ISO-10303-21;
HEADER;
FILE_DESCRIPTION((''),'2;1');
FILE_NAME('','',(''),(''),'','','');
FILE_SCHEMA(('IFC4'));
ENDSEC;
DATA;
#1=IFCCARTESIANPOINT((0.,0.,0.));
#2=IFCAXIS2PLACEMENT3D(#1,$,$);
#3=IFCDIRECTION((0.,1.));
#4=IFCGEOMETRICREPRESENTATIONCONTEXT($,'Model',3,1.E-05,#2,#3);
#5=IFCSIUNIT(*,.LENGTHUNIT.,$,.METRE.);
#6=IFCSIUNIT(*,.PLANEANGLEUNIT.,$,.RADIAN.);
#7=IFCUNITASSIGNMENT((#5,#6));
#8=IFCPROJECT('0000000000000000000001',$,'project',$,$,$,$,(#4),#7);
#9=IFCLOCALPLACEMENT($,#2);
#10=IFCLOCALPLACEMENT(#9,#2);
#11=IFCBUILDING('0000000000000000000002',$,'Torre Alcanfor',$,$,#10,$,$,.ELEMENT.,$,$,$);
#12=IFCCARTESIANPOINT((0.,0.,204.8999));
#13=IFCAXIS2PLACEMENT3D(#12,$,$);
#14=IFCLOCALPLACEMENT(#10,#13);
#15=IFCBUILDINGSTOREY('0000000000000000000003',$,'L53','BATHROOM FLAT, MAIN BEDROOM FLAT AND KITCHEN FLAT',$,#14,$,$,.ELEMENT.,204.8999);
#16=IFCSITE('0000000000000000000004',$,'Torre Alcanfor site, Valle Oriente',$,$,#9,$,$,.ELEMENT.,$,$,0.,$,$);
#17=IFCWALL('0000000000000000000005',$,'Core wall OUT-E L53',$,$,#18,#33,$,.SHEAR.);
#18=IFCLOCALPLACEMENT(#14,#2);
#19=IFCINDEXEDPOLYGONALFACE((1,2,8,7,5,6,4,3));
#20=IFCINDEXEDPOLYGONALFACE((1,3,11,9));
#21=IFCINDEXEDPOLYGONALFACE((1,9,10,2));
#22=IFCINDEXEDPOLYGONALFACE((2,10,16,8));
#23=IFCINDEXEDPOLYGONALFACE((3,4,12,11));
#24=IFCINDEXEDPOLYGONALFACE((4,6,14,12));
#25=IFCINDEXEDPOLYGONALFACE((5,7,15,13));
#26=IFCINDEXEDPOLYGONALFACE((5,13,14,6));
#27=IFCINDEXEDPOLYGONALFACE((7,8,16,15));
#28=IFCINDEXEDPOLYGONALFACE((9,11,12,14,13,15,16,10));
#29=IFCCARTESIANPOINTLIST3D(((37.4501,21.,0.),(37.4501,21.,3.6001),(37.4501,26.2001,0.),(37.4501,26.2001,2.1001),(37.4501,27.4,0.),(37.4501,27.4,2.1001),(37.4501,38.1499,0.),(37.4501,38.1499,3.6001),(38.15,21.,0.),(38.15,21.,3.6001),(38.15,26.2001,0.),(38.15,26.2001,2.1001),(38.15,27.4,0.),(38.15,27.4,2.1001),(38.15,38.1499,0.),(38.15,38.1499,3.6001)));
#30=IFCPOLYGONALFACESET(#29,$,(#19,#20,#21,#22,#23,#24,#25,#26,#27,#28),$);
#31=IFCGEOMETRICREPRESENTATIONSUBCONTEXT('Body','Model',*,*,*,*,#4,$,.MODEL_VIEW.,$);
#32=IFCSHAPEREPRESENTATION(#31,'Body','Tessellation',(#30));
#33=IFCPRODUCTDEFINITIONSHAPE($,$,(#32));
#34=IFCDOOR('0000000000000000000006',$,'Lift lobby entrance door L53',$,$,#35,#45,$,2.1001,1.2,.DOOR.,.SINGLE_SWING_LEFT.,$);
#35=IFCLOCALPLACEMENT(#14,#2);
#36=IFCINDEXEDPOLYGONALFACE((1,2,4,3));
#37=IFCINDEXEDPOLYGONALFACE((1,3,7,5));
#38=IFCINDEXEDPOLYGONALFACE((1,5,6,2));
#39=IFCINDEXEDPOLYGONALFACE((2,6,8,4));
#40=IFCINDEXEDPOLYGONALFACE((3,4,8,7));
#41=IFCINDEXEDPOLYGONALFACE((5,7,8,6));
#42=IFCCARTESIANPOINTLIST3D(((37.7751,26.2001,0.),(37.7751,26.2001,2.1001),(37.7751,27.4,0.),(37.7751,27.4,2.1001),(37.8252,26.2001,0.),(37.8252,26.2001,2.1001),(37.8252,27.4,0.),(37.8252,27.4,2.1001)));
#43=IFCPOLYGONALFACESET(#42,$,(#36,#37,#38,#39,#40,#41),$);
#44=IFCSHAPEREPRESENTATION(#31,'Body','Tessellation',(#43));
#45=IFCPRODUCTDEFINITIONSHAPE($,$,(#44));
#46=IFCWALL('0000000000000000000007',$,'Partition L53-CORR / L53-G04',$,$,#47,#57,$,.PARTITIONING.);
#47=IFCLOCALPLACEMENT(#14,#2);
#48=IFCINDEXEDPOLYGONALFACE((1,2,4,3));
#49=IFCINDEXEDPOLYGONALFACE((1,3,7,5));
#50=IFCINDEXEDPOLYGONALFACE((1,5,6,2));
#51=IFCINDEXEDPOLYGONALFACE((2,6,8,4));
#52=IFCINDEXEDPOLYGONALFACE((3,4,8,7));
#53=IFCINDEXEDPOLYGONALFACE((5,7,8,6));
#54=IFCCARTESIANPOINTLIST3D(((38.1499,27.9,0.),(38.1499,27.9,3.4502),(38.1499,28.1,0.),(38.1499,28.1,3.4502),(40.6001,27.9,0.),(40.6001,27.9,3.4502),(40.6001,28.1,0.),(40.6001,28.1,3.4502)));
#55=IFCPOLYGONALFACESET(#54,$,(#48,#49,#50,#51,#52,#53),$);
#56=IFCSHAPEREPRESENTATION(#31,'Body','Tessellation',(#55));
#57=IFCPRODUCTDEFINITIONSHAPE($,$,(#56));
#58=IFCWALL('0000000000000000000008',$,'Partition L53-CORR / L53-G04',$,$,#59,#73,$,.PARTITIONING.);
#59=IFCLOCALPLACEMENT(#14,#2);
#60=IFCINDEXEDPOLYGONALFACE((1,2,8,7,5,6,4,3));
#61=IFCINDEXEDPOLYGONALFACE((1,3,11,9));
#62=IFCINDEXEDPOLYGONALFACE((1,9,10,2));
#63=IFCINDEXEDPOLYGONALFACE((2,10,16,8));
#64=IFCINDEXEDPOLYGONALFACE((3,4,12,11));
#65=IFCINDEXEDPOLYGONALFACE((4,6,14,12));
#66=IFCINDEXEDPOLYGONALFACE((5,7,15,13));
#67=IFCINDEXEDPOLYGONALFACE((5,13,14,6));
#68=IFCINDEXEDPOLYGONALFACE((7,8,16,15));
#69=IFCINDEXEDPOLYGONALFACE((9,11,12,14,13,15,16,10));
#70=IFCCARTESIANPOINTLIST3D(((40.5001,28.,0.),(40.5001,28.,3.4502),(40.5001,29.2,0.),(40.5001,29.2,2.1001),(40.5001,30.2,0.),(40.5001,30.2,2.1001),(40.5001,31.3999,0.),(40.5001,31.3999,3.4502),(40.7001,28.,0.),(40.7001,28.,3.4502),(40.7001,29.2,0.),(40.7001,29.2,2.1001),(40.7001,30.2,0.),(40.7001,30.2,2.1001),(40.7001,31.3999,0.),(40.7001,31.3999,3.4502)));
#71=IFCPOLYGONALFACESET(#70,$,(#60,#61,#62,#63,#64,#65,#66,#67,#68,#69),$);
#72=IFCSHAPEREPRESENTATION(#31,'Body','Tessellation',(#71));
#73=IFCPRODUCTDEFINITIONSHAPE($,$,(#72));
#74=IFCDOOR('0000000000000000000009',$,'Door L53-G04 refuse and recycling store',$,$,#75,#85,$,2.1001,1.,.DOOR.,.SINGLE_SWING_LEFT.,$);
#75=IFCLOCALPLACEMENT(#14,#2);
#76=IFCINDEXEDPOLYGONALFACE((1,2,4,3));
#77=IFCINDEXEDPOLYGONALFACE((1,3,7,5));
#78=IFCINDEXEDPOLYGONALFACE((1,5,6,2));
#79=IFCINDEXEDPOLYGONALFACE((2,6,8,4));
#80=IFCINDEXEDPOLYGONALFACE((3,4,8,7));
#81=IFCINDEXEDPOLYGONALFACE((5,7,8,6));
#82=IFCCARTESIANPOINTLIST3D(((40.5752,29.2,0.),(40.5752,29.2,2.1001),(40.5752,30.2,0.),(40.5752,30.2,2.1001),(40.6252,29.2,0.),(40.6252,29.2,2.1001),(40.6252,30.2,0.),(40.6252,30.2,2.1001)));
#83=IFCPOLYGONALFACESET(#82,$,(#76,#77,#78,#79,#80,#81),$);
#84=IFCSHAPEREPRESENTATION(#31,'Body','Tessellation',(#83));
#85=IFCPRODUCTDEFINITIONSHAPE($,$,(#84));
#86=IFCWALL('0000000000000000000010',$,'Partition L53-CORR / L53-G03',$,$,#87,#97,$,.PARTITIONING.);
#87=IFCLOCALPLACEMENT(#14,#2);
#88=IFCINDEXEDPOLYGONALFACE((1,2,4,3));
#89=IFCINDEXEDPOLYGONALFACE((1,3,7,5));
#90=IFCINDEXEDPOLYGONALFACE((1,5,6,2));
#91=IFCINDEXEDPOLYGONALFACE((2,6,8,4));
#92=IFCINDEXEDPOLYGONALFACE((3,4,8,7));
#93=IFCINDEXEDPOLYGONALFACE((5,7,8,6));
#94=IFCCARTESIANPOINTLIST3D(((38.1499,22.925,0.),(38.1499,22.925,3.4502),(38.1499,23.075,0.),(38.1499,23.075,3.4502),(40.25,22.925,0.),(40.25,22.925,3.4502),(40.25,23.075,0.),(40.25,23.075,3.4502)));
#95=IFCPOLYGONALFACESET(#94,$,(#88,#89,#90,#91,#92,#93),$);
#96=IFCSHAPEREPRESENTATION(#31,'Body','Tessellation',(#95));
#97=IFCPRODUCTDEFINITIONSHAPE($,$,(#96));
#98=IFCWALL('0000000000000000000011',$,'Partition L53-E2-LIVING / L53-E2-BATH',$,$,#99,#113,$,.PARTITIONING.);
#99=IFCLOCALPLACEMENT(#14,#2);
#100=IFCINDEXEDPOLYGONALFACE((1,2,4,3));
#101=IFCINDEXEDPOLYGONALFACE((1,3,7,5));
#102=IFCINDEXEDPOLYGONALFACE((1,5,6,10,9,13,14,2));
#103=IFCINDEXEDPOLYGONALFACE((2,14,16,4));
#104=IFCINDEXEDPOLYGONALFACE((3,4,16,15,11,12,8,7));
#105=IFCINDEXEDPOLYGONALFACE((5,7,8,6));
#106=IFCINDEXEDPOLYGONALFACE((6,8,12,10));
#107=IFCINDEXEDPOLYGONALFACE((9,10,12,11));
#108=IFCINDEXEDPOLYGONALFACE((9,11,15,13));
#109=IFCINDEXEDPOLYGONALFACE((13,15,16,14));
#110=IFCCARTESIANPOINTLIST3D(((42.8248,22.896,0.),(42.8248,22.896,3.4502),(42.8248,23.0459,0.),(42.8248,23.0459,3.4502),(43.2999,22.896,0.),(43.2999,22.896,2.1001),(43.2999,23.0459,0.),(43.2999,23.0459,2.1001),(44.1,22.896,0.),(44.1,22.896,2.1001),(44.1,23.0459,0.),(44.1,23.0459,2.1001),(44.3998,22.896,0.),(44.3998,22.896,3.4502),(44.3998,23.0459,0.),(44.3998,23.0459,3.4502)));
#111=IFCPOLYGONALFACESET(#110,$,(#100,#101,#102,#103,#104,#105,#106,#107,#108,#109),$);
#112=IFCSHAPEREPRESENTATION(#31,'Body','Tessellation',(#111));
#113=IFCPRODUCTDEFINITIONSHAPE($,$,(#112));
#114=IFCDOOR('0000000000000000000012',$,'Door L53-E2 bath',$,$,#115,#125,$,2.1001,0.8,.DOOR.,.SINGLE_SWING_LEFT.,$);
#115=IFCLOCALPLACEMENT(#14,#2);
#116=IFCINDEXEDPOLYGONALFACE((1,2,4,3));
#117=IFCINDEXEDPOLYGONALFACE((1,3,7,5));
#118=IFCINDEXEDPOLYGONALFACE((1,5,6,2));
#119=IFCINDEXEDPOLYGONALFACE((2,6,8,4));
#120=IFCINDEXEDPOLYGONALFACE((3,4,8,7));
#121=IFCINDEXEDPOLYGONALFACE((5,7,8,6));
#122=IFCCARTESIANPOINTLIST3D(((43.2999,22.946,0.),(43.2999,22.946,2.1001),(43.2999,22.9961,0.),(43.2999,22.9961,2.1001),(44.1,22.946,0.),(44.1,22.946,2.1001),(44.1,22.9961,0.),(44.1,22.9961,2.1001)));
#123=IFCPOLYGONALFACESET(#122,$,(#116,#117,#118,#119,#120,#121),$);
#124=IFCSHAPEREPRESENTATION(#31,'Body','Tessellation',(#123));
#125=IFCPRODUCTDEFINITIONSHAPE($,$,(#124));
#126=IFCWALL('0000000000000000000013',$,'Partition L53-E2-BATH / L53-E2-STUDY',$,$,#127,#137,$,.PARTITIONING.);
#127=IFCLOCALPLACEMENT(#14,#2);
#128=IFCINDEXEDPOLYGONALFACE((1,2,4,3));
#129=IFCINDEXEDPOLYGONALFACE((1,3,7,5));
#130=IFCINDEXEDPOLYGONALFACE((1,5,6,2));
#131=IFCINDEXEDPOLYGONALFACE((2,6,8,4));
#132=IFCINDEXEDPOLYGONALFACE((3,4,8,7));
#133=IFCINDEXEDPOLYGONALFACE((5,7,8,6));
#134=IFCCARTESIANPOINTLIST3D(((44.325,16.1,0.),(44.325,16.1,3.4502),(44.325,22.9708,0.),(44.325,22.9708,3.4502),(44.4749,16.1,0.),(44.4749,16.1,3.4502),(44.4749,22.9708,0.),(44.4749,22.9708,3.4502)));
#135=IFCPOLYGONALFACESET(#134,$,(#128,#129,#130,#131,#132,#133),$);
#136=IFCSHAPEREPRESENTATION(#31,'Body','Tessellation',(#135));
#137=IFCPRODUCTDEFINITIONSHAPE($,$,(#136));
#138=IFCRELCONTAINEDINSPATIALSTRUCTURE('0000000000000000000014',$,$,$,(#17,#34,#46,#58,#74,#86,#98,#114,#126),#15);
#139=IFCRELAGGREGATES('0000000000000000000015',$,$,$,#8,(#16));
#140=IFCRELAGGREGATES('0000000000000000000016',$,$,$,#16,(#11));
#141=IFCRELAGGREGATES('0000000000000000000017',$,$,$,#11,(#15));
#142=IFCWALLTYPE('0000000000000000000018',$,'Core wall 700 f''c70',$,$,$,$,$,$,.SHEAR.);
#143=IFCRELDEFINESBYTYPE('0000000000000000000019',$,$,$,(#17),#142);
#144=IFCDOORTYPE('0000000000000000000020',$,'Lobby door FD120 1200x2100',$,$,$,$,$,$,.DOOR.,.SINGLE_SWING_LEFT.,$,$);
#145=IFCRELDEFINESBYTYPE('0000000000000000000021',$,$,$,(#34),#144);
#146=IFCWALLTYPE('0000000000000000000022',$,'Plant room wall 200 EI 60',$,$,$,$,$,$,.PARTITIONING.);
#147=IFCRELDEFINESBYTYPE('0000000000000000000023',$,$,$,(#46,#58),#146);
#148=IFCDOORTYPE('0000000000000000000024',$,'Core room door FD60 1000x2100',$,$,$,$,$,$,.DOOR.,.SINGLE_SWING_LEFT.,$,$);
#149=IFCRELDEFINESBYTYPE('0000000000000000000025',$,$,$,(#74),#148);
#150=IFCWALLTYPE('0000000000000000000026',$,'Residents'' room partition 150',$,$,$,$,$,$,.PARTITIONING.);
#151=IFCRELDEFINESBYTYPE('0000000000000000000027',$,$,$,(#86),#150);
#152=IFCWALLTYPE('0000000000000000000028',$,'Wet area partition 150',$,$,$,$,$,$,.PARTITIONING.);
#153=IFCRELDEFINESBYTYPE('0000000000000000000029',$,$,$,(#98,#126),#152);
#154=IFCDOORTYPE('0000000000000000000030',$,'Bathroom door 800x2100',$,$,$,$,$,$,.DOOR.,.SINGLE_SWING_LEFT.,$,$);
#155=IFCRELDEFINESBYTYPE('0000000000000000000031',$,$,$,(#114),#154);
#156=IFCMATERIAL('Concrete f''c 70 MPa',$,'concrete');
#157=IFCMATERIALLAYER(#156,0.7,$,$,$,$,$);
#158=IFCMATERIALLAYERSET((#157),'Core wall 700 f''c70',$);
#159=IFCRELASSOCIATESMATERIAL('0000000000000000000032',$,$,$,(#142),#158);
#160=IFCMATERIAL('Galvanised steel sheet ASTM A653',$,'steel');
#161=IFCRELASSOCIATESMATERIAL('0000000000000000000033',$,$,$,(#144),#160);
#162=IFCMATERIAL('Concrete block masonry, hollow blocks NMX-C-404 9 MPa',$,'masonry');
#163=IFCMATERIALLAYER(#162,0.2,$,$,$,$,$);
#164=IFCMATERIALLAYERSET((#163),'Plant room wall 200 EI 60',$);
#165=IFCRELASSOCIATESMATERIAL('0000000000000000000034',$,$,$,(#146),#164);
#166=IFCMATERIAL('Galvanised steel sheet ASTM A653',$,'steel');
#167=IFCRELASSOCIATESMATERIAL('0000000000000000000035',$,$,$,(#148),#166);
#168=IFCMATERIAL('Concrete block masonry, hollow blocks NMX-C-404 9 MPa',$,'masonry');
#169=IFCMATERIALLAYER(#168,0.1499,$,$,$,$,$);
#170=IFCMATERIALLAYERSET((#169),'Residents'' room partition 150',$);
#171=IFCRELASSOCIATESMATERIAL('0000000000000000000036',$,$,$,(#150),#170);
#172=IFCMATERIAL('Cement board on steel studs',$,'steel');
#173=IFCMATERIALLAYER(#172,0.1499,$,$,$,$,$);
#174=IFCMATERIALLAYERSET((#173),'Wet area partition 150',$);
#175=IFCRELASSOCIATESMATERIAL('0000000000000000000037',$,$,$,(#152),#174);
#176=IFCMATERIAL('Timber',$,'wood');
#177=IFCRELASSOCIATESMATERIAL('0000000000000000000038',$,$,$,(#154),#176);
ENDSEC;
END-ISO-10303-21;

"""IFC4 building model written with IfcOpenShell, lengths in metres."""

from ifc_helpers import new_model, si_unit, direction, frame, frame_2d, origin, place, context, subcontext, project, spatial, rectangle, extrude, material, layer, layer_set, type_object, element, fill, save


model = new_model("IFC4")

# Units and contexts
model_context = context("Model", 3, precision=1e-05, world=origin(), true_north=direction((0.0, 1.0)))
body_context = subcontext(model_context, "Body", "Model", "MODEL_VIEW")
ifc_project = project(units=[si_unit("LENGTHUNIT", "METRE"), si_unit("PLANEANGLEUNIT", "RADIAN")], contexts=[model_context])

# Site, building, storey
site_placement = place(None, origin())
site = spatial("IfcSite", under=ifc_project, at=site_placement, Name="Torre Alcanfor site, Valle Oriente", CompositionType="ELEMENT", RefElevation=0.0)
building_placement = place(site_placement, origin())
building = spatial("IfcBuilding", under=site, at=building_placement, Name="Torre Alcanfor", CompositionType="ELEMENT")
storey_placement = place(building_placement, frame((0.0, 0.0, 204.8999)))
storey = spatial("IfcBuildingStorey", under=building, at=storey_placement, Name="L53", Description="BATHROOM FLAT, MAIN BEDROOM FLAT AND KITCHEN FLAT", CompositionType="ELEMENT", Elevation=204.8999)

# Wall, opening, door
ifc_material_1 = material(Name="Concrete f'c 70 MPa", Category="concrete")
ifc_layer_1 = layer(ifc_material_1, 0.7)
ifc_layer_set_1 = layer_set([ifc_layer_1], Name="Core wall 700 f'c70")
wall_type_1 = type_object("IfcWallType", Name="Core wall 700 f'c70", PredefinedType="SHEAR", material=ifc_layer_set_1)
wall_1_placement = place(storey_placement, frame((37.8, 21.0, 0.0), z_axis=(0.0, 0.0, 1.0), x_axis=(0.0, 1.0, 0.0)))
wall_1 = element("IfcWall", 1, at=wall_1_placement, inside=storey, type_object=wall_type_1, Name="Core wall OUT-E L53", PredefinedType="SHEAR", context=body_context, shape_type="SweptSolid", body=[
    extrude(rectangle(XDim=17.1499, YDim=0.7, at=frame_2d((8.575, 0.0))), origin(), (0.0, 0.0, 1.0), 3.6001),
])
opening_1_placement = place(wall_1_placement, frame((5.2, 0.0, 0.0)))
opening_1 = element("IfcOpeningElement", 2, at=opening_1_placement, cuts=wall_1, PredefinedType="OPENING", context=body_context, shape_type="SweptSolid", body=[
    extrude(rectangle(XDim=1.2, YDim=2.1001, at=frame_2d((0.6001, 1.05))), frame((0.0, 0.3599, 0.0), z_axis=(0.0, -1.0, 0.0), x_axis=(1.0, 0.0, 0.0)), (0.0, 0.0, 1.0), 0.72),
])
ifc_material_2 = material(Name="Galvanised steel sheet ASTM A653", Category="steel")
door_type_1 = type_object("IfcDoorType", Name="Lobby door FD120 1200x2100", OperationType="SINGLE_SWING_LEFT", PredefinedType="DOOR", material=ifc_material_2)
door_1_placement = place(opening_1_placement, origin())
door_1 = element("IfcDoor", 3, at=door_1_placement, inside=storey, type_object=door_type_1, Name="Lift lobby entrance door L53", OperationType="SINGLE_SWING_LEFT", OverallHeight=2.1001, OverallWidth=1.2, PredefinedType="DOOR", context=body_context, shape_type="SweptSolid", body=[
    extrude(rectangle(XDim=1.2, YDim=2.1001, at=frame_2d((0.6001, 1.05))), frame((0.0, 0.0249, 0.0), z_axis=(0.0, -1.0, 0.0), x_axis=(1.0, 0.0, 0.0)), (0.0, 0.0, 1.0), 0.05),
])
fill(opening_1, door_1)

# Wall
ifc_material_3 = material(Name="Concrete block masonry, hollow blocks NMX-C-404 9 MPa", Category="masonry")
ifc_layer_2 = layer(ifc_material_3, 0.2)
ifc_layer_set_2 = layer_set([ifc_layer_2], Name="Plant room wall 200 EI 60")
wall_type_2 = type_object("IfcWallType", Name="Plant room wall 200 EI 60", PredefinedType="PARTITIONING", material=ifc_layer_set_2)
wall_2_placement = place(storey_placement, frame((38.1499, 28.0, 0.0), z_axis=(0.0, 0.0, 1.0), x_axis=(1.0, 0.0, 0.0)))
element("IfcWall", 4, at=wall_2_placement, inside=storey, type_object=wall_type_2, Name="Partition L53-CORR / L53-G04", PredefinedType="PARTITIONING", context=body_context, shape_type="SweptSolid", body=[
    extrude(rectangle(XDim=2.4502, YDim=0.2, at=frame_2d((1.2251, 0.0))), origin(), (0.0, 0.0, 1.0), 3.4502),
])

# Wall, opening, door
wall_3_placement = place(storey_placement, frame((40.6001, 28.0, 0.0), z_axis=(0.0, 0.0, 1.0), x_axis=(0.0, 1.0, 0.0)))
wall_3 = element("IfcWall", 5, at=wall_3_placement, inside=storey, type_object=wall_type_2, Name="Partition L53-CORR / L53-G04", PredefinedType="PARTITIONING", context=body_context, shape_type="SweptSolid", body=[
    extrude(rectangle(XDim=3.3999, YDim=0.2, at=frame_2d((1.7, 0.0))), origin(), (0.0, 0.0, 1.0), 3.4502),
])
opening_2_placement = place(wall_3_placement, frame((1.2, 0.0, 0.0)))
opening_2 = element("IfcOpeningElement", 6, at=opening_2_placement, cuts=wall_3, PredefinedType="OPENING", context=body_context, shape_type="SweptSolid", body=[
    extrude(rectangle(XDim=1.0, YDim=2.1001, at=frame_2d((0.5, 1.05))), frame((0.0, 0.1099, 0.0), z_axis=(0.0, -1.0, 0.0), x_axis=(1.0, 0.0, 0.0)), (0.0, 0.0, 1.0), 0.22),
])
ifc_material_4 = material(Name="Galvanised steel sheet ASTM A653", Category="steel")
door_type_2 = type_object("IfcDoorType", Name="Core room door FD60 1000x2100", OperationType="SINGLE_SWING_LEFT", PredefinedType="DOOR", material=ifc_material_4)
door_2_placement = place(opening_2_placement, origin())
door_2 = element("IfcDoor", 7, at=door_2_placement, inside=storey, type_object=door_type_2, Name="Door L53-G04 refuse and recycling store", OperationType="SINGLE_SWING_LEFT", OverallHeight=2.1001, OverallWidth=1.0, PredefinedType="DOOR", context=body_context, shape_type="SweptSolid", body=[
    extrude(rectangle(XDim=1.0, YDim=2.1001, at=frame_2d((0.5, 1.05))), frame((0.0, 0.0249, 0.0), z_axis=(0.0, -1.0, 0.0), x_axis=(1.0, 0.0, 0.0)), (0.0, 0.0, 1.0), 0.05),
])
fill(opening_2, door_2)

# Wall
ifc_material_5 = material(Name="Concrete block masonry, hollow blocks NMX-C-404 9 MPa", Category="masonry")
ifc_layer_3 = layer(ifc_material_5, 0.1499)
ifc_layer_set_3 = layer_set([ifc_layer_3], Name="Residents' room partition 150")
wall_type_3 = type_object("IfcWallType", Name="Residents' room partition 150", PredefinedType="PARTITIONING", material=ifc_layer_set_3)
wall_4_placement = place(storey_placement, frame((40.25, 23.0, 0.0), z_axis=(0.0, 0.0, 1.0), x_axis=(-1.0, 0.0, 0.0)))
element("IfcWall", 8, at=wall_4_placement, inside=storey, type_object=wall_type_3, Name="Partition L53-CORR / L53-G03", PredefinedType="PARTITIONING", context=body_context, shape_type="SweptSolid", body=[
    extrude(rectangle(XDim=2.1001, YDim=0.1499, at=frame_2d((1.05, 0.0))), origin(), (0.0, 0.0, 1.0), 3.4502),
])

# Wall, opening, door
ifc_material_6 = material(Name="Cement board on steel studs", Category="steel")
ifc_layer_4 = layer(ifc_material_6, 0.1499)
ifc_layer_set_4 = layer_set([ifc_layer_4], Name="Wet area partition 150")
wall_type_4 = type_object("IfcWallType", Name="Wet area partition 150", PredefinedType="PARTITIONING", material=ifc_layer_set_4)
wall_5_placement = place(storey_placement, frame((44.3999, 22.9709, 0.0), z_axis=(0.0, 0.0, 1.0), x_axis=(-1.0, 0.0, 0.0)))
wall_5 = element("IfcWall", 9, at=wall_5_placement, inside=storey, type_object=wall_type_4, Name="Partition L53-E2-LIVING / L53-E2-BATH", PredefinedType="PARTITIONING", context=body_context, shape_type="SweptSolid", body=[
    extrude(rectangle(XDim=1.575, YDim=0.1499, at=frame_2d((0.7876, 0.0))), origin(), (0.0, 0.0, 1.0), 3.4502),
])
opening_3_placement = place(wall_5_placement, frame((0.3, 0.0, 0.0)))
opening_3 = element("IfcOpeningElement", 10, at=opening_3_placement, cuts=wall_5, PredefinedType="OPENING", context=body_context, shape_type="SweptSolid", body=[
    extrude(rectangle(XDim=0.8, YDim=2.1001, at=frame_2d((0.3999, 1.05))), frame((0.0, 0.085, 0.0), z_axis=(0.0, -1.0, 0.0), x_axis=(1.0, 0.0, 0.0)), (0.0, 0.0, 1.0), 0.1699),
])
ifc_material_7 = material(Name="Timber", Category="wood")
door_type_3 = type_object("IfcDoorType", Name="Bathroom door 800x2100", OperationType="SINGLE_SWING_LEFT", PredefinedType="DOOR", material=ifc_material_7)
door_3_placement = place(opening_3_placement, origin())
door_3 = element("IfcDoor", 11, at=door_3_placement, inside=storey, type_object=door_type_3, Name="Door L53-E2 bath", OperationType="SINGLE_SWING_LEFT", OverallHeight=2.1001, OverallWidth=0.8, PredefinedType="DOOR", context=body_context, shape_type="SweptSolid", body=[
    extrude(rectangle(XDim=0.8, YDim=2.1001, at=frame_2d((0.3999, 1.05))), frame((0.0, 0.0249, 0.0), z_axis=(0.0, -1.0, 0.0), x_axis=(1.0, 0.0, 0.0)), (0.0, 0.0, 1.0), 0.05),
])
fill(opening_3, door_3)

# Wall
wall_6_placement = place(storey_placement, frame((44.3999, 22.9709, 0.0), z_axis=(0.0, 0.0, 1.0), x_axis=(0.0, -1.0, 0.0)))
element("IfcWall", 12, at=wall_6_placement, inside=storey, type_object=wall_type_4, Name="Partition L53-E2-BATH / L53-E2-STUDY", PredefinedType="PARTITIONING", context=body_context, shape_type="SweptSolid", body=[
    extrude(rectangle(XDim=6.8708, YDim=0.1499, at=frame_2d((3.4355, 0.0))), origin(), (0.0, 0.0, 1.0), 3.4502),
])

save(model, "model.ifc")
